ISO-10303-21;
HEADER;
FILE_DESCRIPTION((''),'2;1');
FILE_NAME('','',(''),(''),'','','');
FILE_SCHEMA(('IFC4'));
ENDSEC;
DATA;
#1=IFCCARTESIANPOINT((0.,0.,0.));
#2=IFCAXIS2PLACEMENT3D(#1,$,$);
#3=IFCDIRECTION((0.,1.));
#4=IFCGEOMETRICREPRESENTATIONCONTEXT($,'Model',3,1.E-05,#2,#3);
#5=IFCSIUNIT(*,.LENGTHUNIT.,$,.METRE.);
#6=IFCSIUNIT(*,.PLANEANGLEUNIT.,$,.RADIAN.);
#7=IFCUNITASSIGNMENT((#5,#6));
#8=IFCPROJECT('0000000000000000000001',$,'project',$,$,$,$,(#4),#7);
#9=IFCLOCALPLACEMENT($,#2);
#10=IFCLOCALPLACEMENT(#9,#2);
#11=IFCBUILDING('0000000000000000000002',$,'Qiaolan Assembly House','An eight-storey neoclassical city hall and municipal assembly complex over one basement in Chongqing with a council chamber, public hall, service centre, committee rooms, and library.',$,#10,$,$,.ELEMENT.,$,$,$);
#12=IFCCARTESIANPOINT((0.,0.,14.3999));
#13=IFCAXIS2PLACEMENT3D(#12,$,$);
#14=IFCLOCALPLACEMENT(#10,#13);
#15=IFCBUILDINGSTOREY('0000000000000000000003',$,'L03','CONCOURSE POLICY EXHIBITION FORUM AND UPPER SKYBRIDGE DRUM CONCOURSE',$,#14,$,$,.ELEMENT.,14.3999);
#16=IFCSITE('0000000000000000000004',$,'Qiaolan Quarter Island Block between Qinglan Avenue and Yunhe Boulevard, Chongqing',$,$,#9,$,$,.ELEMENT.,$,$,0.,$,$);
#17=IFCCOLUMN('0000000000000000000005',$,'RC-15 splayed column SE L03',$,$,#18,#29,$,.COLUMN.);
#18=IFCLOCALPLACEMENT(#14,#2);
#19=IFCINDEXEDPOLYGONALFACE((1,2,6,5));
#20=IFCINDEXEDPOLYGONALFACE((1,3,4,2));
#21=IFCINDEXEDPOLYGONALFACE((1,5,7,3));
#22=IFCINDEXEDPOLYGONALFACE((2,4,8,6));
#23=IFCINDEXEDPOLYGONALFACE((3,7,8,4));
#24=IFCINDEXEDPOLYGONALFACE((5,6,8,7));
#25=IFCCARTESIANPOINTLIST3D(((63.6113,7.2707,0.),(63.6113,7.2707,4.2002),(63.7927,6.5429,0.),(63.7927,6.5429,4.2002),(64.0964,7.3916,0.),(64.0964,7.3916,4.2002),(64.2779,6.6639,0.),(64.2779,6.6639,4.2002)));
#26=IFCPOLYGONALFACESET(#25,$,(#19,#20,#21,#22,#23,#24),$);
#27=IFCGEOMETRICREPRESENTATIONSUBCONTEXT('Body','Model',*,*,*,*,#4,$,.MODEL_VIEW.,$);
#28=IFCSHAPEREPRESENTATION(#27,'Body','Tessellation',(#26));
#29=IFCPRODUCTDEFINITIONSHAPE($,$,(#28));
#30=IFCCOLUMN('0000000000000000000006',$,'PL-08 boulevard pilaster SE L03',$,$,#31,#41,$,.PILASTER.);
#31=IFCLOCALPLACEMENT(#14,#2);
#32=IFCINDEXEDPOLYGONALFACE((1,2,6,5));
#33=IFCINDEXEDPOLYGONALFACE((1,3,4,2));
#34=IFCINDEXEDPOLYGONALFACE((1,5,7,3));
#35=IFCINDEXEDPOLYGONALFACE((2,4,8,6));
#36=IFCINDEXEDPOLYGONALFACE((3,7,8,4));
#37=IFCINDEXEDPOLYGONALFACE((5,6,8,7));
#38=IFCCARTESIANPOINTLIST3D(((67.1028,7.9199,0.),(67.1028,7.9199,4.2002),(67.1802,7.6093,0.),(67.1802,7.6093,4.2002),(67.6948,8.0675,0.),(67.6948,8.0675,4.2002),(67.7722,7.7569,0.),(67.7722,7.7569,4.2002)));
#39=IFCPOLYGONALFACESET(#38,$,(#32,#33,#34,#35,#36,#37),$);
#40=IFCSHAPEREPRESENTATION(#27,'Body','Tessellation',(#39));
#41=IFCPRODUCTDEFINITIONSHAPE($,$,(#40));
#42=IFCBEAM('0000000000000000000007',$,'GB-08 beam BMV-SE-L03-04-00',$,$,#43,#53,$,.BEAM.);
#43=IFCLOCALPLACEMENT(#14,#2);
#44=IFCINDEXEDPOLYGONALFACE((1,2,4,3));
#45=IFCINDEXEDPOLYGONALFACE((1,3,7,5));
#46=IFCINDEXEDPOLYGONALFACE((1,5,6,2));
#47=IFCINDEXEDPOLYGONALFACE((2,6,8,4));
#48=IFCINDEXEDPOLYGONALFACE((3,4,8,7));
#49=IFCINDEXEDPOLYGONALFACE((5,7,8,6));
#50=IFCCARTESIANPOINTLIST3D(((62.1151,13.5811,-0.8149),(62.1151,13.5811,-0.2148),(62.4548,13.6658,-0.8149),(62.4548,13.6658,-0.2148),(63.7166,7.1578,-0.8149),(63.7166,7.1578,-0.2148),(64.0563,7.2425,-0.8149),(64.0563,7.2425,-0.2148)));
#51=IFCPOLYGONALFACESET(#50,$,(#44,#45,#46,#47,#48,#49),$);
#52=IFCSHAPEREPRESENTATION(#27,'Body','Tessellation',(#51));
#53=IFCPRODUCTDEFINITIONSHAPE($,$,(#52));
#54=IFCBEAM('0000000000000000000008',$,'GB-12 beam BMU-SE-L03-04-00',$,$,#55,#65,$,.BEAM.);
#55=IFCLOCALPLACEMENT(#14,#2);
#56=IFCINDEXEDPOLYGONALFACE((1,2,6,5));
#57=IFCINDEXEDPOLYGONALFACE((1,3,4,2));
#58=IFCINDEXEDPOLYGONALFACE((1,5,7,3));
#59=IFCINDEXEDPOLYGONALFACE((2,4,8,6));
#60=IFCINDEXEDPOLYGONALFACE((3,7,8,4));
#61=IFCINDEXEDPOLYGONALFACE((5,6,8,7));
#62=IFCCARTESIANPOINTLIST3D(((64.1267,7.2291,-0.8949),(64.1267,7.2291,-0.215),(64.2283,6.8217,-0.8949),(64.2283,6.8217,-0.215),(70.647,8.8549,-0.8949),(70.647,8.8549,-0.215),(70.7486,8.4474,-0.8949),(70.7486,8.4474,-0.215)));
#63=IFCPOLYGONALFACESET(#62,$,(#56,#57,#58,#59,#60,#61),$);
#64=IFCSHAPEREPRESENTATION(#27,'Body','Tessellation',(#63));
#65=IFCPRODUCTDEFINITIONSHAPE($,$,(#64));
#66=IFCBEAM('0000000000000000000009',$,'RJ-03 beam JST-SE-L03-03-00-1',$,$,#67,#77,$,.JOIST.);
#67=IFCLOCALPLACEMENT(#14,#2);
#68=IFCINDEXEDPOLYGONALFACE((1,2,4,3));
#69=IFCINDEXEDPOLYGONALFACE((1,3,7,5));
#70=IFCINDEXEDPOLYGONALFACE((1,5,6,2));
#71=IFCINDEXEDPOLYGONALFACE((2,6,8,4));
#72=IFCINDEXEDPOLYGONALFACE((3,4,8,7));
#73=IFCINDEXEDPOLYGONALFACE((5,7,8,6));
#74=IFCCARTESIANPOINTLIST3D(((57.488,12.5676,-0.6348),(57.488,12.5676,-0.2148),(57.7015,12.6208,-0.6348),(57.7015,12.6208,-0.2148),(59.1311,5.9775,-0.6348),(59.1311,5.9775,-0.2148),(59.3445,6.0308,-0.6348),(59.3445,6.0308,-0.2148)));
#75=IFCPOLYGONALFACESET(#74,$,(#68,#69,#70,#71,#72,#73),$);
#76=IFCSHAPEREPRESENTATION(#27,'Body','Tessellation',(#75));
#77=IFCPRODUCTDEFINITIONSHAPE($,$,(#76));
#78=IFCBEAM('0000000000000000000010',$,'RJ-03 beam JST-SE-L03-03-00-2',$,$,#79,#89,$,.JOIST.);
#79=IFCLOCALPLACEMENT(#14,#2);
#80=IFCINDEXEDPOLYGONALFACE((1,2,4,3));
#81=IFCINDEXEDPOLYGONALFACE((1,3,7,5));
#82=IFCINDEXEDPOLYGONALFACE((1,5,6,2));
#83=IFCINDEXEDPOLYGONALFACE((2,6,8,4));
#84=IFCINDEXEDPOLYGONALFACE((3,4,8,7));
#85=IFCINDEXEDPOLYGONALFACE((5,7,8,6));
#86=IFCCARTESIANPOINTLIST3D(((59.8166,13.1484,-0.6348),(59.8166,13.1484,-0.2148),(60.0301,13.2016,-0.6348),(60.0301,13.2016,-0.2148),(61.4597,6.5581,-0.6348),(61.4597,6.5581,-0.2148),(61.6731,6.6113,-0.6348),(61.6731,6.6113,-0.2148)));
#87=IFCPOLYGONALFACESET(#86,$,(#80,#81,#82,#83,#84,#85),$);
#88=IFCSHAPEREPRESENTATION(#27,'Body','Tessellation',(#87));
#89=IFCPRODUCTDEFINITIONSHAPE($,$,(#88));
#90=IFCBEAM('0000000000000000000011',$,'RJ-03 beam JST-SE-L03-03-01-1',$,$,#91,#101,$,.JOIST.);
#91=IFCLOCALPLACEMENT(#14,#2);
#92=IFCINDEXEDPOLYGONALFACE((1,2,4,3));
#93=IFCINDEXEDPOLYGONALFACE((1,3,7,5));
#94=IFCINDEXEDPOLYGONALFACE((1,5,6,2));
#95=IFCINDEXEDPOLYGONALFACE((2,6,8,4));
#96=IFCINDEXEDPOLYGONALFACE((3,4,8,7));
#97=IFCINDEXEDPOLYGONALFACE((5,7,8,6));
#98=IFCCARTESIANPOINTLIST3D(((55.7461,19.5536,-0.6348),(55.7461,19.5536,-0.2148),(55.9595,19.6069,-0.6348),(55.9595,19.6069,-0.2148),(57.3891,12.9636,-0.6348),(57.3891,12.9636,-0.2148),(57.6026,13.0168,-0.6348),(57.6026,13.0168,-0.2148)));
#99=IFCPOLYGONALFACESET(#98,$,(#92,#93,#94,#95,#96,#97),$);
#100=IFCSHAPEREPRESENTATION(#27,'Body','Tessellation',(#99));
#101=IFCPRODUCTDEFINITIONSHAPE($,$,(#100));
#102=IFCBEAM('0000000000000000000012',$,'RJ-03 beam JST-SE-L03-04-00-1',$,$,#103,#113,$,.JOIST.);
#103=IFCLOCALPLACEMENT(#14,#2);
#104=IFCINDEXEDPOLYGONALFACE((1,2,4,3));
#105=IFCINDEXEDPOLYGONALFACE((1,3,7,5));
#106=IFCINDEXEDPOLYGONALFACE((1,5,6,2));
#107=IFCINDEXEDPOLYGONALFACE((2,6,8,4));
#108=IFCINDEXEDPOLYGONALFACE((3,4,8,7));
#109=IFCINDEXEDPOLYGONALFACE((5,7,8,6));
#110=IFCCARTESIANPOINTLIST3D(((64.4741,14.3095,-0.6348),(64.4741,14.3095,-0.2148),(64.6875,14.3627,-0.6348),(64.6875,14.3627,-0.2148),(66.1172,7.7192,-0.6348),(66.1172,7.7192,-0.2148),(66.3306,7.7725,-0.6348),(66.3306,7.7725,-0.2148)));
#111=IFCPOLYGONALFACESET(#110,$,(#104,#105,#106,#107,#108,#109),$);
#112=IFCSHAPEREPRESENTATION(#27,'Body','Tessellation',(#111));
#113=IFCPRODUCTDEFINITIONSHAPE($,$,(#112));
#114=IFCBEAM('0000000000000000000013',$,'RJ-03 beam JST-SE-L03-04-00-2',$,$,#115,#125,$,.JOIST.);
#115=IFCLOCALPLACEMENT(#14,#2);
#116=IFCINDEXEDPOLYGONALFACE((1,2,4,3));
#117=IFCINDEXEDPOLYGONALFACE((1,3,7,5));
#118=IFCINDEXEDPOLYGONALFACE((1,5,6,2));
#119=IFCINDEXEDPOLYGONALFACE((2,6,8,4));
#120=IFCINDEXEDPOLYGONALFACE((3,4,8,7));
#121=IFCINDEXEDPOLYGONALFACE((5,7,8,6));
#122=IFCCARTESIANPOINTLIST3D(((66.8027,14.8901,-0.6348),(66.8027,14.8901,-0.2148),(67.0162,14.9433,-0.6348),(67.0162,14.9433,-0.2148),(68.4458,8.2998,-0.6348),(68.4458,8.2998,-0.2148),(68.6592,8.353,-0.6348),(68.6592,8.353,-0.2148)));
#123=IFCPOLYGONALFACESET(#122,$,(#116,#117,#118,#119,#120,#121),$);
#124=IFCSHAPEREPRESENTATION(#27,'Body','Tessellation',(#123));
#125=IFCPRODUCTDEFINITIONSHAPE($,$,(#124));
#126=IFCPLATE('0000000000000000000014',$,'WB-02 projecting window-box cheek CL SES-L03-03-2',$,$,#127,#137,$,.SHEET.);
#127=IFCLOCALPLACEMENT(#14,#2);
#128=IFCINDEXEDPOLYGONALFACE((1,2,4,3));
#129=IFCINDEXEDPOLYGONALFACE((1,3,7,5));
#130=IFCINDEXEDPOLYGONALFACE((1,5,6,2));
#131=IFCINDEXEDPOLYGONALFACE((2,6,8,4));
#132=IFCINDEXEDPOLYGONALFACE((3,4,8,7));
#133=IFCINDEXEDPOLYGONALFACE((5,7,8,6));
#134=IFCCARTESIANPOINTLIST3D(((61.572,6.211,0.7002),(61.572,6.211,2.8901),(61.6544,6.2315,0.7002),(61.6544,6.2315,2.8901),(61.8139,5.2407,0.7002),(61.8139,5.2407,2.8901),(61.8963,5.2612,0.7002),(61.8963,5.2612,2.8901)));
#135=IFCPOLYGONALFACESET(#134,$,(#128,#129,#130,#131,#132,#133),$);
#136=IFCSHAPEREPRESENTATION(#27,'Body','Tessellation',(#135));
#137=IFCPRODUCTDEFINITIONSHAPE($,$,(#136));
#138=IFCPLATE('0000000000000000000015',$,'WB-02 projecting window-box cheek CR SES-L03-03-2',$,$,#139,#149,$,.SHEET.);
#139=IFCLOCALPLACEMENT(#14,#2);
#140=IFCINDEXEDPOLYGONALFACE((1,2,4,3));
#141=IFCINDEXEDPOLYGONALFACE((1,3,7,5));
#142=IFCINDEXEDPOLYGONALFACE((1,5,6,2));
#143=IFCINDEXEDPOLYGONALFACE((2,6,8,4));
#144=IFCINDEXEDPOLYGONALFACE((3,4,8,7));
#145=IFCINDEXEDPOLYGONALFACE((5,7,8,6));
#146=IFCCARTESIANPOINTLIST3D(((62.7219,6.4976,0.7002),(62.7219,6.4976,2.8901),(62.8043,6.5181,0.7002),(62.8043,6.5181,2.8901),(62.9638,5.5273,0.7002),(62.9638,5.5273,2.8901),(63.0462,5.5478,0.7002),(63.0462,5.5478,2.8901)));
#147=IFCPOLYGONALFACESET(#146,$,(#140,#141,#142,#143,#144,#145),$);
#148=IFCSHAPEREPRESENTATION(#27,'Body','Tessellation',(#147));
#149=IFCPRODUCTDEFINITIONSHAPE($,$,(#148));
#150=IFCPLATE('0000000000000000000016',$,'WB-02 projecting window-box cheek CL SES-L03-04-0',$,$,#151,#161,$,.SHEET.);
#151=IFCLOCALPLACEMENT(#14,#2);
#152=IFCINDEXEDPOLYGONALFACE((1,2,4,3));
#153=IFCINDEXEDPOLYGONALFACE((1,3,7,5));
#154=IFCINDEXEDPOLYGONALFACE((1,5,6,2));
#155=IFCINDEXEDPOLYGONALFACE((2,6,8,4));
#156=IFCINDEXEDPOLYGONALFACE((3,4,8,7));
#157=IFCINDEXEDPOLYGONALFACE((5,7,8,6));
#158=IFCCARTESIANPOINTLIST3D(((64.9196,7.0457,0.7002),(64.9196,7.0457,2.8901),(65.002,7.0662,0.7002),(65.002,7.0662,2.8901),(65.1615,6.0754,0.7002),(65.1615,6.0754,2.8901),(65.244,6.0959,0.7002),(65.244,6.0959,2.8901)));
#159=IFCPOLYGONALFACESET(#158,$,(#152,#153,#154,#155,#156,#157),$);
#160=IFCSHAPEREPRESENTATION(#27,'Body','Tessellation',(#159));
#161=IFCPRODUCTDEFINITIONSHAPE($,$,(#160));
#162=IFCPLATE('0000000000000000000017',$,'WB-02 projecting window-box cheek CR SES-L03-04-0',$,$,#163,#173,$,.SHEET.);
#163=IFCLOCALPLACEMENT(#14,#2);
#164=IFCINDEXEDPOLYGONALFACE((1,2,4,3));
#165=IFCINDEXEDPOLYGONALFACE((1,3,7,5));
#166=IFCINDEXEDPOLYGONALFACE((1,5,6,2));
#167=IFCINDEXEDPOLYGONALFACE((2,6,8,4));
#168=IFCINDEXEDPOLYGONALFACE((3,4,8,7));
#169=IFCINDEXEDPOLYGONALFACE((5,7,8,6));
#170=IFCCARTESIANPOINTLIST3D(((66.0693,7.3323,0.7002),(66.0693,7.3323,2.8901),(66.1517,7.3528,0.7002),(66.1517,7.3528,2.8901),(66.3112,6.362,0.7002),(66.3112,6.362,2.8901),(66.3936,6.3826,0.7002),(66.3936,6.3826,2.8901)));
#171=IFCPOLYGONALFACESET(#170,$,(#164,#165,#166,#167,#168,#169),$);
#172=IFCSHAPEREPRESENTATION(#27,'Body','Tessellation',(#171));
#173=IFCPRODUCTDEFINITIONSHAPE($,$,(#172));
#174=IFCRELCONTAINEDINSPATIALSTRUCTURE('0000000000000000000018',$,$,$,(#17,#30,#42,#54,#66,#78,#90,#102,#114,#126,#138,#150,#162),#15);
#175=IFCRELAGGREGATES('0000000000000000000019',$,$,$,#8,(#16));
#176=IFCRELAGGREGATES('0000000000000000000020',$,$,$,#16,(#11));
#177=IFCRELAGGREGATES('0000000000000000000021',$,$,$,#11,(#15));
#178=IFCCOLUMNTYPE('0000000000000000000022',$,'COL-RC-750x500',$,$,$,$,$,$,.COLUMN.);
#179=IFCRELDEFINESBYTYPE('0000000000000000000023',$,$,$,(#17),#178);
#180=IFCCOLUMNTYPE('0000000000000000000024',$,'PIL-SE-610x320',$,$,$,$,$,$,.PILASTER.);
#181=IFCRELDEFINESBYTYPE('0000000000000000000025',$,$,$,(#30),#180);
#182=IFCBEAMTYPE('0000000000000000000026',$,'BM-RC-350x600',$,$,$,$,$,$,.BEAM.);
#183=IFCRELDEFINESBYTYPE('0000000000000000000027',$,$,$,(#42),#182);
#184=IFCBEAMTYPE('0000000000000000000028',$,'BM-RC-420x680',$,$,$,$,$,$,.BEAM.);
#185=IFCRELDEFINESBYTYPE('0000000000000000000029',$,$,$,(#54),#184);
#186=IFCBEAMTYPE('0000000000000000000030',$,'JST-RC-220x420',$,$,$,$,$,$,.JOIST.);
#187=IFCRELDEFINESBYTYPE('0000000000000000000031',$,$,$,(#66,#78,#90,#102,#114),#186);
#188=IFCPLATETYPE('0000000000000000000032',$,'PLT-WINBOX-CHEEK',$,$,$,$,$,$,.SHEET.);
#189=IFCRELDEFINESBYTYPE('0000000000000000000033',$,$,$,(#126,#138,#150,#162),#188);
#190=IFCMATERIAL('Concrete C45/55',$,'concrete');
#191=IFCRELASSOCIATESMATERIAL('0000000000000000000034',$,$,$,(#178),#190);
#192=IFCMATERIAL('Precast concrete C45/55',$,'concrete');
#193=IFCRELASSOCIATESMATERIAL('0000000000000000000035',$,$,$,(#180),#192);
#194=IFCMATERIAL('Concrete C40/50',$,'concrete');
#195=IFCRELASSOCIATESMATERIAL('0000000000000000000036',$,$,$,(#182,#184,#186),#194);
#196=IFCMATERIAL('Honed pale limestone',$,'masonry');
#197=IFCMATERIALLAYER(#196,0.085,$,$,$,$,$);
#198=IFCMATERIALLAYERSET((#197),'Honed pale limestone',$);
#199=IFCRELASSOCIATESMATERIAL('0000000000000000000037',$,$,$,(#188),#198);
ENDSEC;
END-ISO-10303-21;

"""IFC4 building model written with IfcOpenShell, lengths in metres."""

from ifc_helpers import new_model, si_unit, direction, frame, origin, origin_2d, place, context, subcontext, project, spatial, rectangle, extrude, material, layer, layer_set, material_profile, profile_set, type_object, element, save


model = new_model("IFC4")

# Units and contexts
model_context = context("Model", 3, precision=1e-05, world=origin(), true_north=direction((0.0, 1.0)))
body_context = subcontext(model_context, "Body", "Model", "MODEL_VIEW")
ifc_project = project(units=[si_unit("LENGTHUNIT", "METRE"), si_unit("PLANEANGLEUNIT", "RADIAN")], contexts=[model_context])

# Site, building, storey
site_placement = place(None, origin())
site = spatial("IfcSite", under=ifc_project, at=site_placement, Name="Qiaolan Quarter Island Block between Qinglan Avenue and Yunhe Boulevard, Chongqing", CompositionType="ELEMENT", RefElevation=0.0)
building_placement = place(site_placement, origin())
building = spatial("IfcBuilding", under=site, at=building_placement, Name="Qiaolan Assembly House", Description="An eight-storey neoclassical city hall and municipal assembly complex over one basement in Chongqing with a council chamber, public hall, service centre, committee rooms, and library.", CompositionType="ELEMENT")
storey_placement = place(building_placement, frame((0.0, 0.0, 14.3999)))
storey = spatial("IfcBuildingStorey", under=building, at=storey_placement, Name="L03", Description="CONCOURSE POLICY EXHIBITION FORUM AND UPPER SKYBRIDGE DRUM CONCOURSE", CompositionType="ELEMENT", Elevation=14.3999)

# Columns
ifc_material_1 = material(Name="Concrete C45/55", Category="concrete")
ifc_material_profile_1 = material_profile(ifc_material_1, rectangle(XDim=0.5, YDim=0.75, at=origin_2d()), Name="RC 750x500")
ifc_profile_set_1 = profile_set([ifc_material_profile_1], Name="Concrete C45/55")
column_type_1 = type_object("IfcColumnType", Name="COL-RC-750x500", PredefinedType="COLUMN", material=ifc_profile_set_1)
column_1_placement = place(storey_placement, frame((63.9446, 6.9673, 0.0), z_axis=(0.0, 0.0, 1.0), x_axis=(0.970296, 0.241922, 0.0)))
element("IfcColumn", 1, at=column_1_placement, inside=storey, type_object=column_type_1, Name="RC-15 splayed column SE L03", PredefinedType="COLUMN", context=body_context, shape_type="SweptSolid", body=[
    extrude(rectangle(XDim=0.5, YDim=0.75, at=origin_2d()), origin(), (0.0, 0.0, 1.0), 4.2002),
])
ifc_material_2 = material(Name="Precast concrete C45/55", Category="concrete")
ifc_material_profile_2 = material_profile(ifc_material_2, rectangle(XDim=0.6101, YDim=0.3201, at=origin_2d()), Name="PIL 610x320")
ifc_profile_set_2 = profile_set([ifc_material_profile_2], Name="Precast concrete C45/55")
column_type_2 = type_object("IfcColumnType", Name="PIL-SE-610x320", PredefinedType="PILASTER", material=ifc_profile_set_2)
column_2_placement = place(storey_placement, frame((67.4375, 7.8384, 0.0), z_axis=(0.0, 0.0, 1.0), x_axis=(0.970296, 0.241922, 0.0)))
element("IfcColumn", 2, at=column_2_placement, inside=storey, type_object=column_type_2, Name="PL-08 boulevard pilaster SE L03", PredefinedType="PILASTER", context=body_context, shape_type="SweptSolid", body=[
    extrude(rectangle(XDim=0.6101, YDim=0.3201, at=origin_2d()), origin(), (0.0, 0.0, 1.0), 4.2002),
])

# Beams
ifc_material_3 = material(Name="Concrete C40/50", Category="concrete")
ifc_material_profile_3 = material_profile(ifc_material_3, rectangle(XDim=0.3501, YDim=0.6001, at=origin_2d()), Name="RCB 350x600")
ifc_profile_set_3 = profile_set([ifc_material_profile_3], Name="Concrete C40/50")
beam_type_1 = type_object("IfcBeamType", Name="BM-RC-350x600", PredefinedType="BEAM", material=ifc_profile_set_3)
beam_1_placement = place(storey_placement, frame((63.8865, 7.2002, -0.5149), z_axis=(-0.241928, 0.970294, 0.0), x_axis=(-0.970294, -0.241928, 0.0)))
element("IfcBeam", 3, at=beam_1_placement, inside=storey, type_object=beam_type_1, Name="GB-08 beam BMV-SE-L03-04-00", PredefinedType="BEAM", context=body_context, shape_type="SweptSolid", body=[
    extrude(rectangle(XDim=0.3501, YDim=0.6001, at=origin_2d()), origin(), (0.0, 0.0, 1.0), 6.6199),
])
ifc_material_profile_4 = material_profile(ifc_material_3, rectangle(XDim=0.4199, YDim=0.6799, at=origin_2d()), Name="RCB 420x680")
ifc_profile_set_4 = profile_set([ifc_material_profile_4], Name="Concrete C40/50")
beam_type_2 = type_object("IfcBeamType", Name="BM-RC-420x680", PredefinedType="BEAM", material=ifc_profile_set_4)
beam_2_placement = place(storey_placement, frame((64.1775, 7.0254, -0.5549), z_axis=(0.970294, 0.241929, 0.0), x_axis=(-0.241929, 0.970294, 0.0)))
element("IfcBeam", 4, at=beam_2_placement, inside=storey, type_object=beam_type_2, Name="GB-12 beam BMU-SE-L03-04-00", PredefinedType="BEAM", context=body_context, shape_type="SweptSolid", body=[
    extrude(rectangle(XDim=0.4199, YDim=0.6799, at=origin_2d()), origin(), (0.0, 0.0, 1.0), 6.72),
])
ifc_material_profile_5 = material_profile(ifc_material_3, rectangle(XDim=0.22, YDim=0.4199, at=origin_2d()), Name="RCB 220x420")
ifc_profile_set_5 = profile_set([ifc_material_profile_5], Name="Concrete C40/50")
beam_type_3 = type_object("IfcBeamType", Name="JST-RC-220x420", PredefinedType="JOIST", material=ifc_profile_set_5)
beam_3_placement = place(storey_placement, frame((59.2378, 6.0042, -0.4248), z_axis=(-0.241918, 0.970297, 0.0), x_axis=(-0.970297, -0.241918, 0.0)))
element("IfcBeam", 5, at=beam_3_placement, inside=storey, type_object=beam_type_3, Name="RJ-03 beam JST-SE-L03-03-00-1", PredefinedType="JOIST", context=body_context, shape_type="SweptSolid", body=[
    extrude(rectangle(XDim=0.22, YDim=0.4199, at=origin_2d()), origin(), (0.0, 0.0, 1.0), 6.7917),
])
beam_4_placement = place(storey_placement, frame((61.5664, 6.5847, -0.4248), z_axis=(-0.24191, 0.970299, 0.0), x_axis=(-0.970299, -0.24191, 0.0)))
element("IfcBeam", 6, at=beam_4_placement, inside=storey, type_object=beam_type_3, Name="RJ-03 beam JST-SE-L03-03-00-2", PredefinedType="JOIST", context=body_context, shape_type="SweptSolid", body=[
    extrude(rectangle(XDim=0.22, YDim=0.4199, at=origin_2d()), origin(), (0.0, 0.0, 1.0), 6.792),
])
beam_5_placement = place(storey_placement, frame((57.4958, 12.9902, -0.4248), z_axis=(-0.241918, 0.970297, 0.0), x_axis=(-0.970297, -0.241918, 0.0)))
element("IfcBeam", 7, at=beam_5_placement, inside=storey, type_object=beam_type_3, Name="RJ-03 beam JST-SE-L03-03-01-1", PredefinedType="JOIST", context=body_context, shape_type="SweptSolid", body=[
    extrude(rectangle(XDim=0.22, YDim=0.4199, at=origin_2d()), origin(), (0.0, 0.0, 1.0), 6.7917),
])
for number, where, z_axis, x_axis, name in (
    (8, (66.2239, 7.7458, -0.4248), (-0.24191, 0.970299, 0.0), (-0.970299, -0.24191, 0.0), "RJ-03 beam JST-SE-L03-04-00-1"),
    (9, (68.5525, 8.3264, -0.4248), (-0.24191, 0.970299, 0.0), (-0.970299, -0.24191, 0.0), "RJ-03 beam JST-SE-L03-04-00-2"),
):
    element("IfcBeam", number, at=place(storey_placement, frame(where, z_axis=z_axis, x_axis=x_axis)), inside=storey, type_object=beam_type_3, Name=name, PredefinedType="JOIST", context=body_context, shape_type="SweptSolid", body=[
        extrude(rectangle(XDim=0.22, YDim=0.4199, at=origin_2d()), origin(), (0.0, 0.0, 1.0), 6.792),
    ])

# Plates
ifc_material_4 = material(Name="Honed pale limestone", Category="masonry")
ifc_layer_1 = layer(ifc_material_4, 0.085)
ifc_layer_set_1 = layer_set([ifc_layer_1], Name="Honed pale limestone")
plate_type = type_object("IfcPlateType", Name="PLT-WINBOX-CHEEK", PredefinedType="SHEET", material=ifc_layer_set_1)
for number, where, z_axis, x_axis, name in (
    (10, (61.7341, 5.7361, 0.7002), (0.0, 0.0, 1.0), (0.970296, 0.241922, 0.0), "WB-02 projecting window-box cheek CL SES-L03-03-2"),
    (11, (62.884, 6.0227, 0.7002), (0.0, 0.0, 1.0), (0.970296, 0.241922, 0.0), "WB-02 projecting window-box cheek CR SES-L03-03-2"),
    (12, (65.0818, 6.5708, 0.7002), (0.0, 0.0, 1.0), (0.970296, 0.241922, 0.0), "WB-02 projecting window-box cheek CL SES-L03-04-0"),
    (13, (66.2314, 6.8574, 0.7002), (0.0, 0.0, 1.0), (0.970296, 0.241922, 0.0), "WB-02 projecting window-box cheek CR SES-L03-04-0"),
):
    element("IfcPlate", number, at=place(storey_placement, frame(where, z_axis=z_axis, x_axis=x_axis)), inside=storey, type_object=plate_type, Name=name, PredefinedType="SHEET", context=body_context, shape_type="SweptSolid", body=[
        extrude(rectangle(XDim=0.085, YDim=1.0, at=origin_2d()), origin(), (0.0, 0.0, 1.0), 2.1899),
    ])

save(model, "model.ifc")
